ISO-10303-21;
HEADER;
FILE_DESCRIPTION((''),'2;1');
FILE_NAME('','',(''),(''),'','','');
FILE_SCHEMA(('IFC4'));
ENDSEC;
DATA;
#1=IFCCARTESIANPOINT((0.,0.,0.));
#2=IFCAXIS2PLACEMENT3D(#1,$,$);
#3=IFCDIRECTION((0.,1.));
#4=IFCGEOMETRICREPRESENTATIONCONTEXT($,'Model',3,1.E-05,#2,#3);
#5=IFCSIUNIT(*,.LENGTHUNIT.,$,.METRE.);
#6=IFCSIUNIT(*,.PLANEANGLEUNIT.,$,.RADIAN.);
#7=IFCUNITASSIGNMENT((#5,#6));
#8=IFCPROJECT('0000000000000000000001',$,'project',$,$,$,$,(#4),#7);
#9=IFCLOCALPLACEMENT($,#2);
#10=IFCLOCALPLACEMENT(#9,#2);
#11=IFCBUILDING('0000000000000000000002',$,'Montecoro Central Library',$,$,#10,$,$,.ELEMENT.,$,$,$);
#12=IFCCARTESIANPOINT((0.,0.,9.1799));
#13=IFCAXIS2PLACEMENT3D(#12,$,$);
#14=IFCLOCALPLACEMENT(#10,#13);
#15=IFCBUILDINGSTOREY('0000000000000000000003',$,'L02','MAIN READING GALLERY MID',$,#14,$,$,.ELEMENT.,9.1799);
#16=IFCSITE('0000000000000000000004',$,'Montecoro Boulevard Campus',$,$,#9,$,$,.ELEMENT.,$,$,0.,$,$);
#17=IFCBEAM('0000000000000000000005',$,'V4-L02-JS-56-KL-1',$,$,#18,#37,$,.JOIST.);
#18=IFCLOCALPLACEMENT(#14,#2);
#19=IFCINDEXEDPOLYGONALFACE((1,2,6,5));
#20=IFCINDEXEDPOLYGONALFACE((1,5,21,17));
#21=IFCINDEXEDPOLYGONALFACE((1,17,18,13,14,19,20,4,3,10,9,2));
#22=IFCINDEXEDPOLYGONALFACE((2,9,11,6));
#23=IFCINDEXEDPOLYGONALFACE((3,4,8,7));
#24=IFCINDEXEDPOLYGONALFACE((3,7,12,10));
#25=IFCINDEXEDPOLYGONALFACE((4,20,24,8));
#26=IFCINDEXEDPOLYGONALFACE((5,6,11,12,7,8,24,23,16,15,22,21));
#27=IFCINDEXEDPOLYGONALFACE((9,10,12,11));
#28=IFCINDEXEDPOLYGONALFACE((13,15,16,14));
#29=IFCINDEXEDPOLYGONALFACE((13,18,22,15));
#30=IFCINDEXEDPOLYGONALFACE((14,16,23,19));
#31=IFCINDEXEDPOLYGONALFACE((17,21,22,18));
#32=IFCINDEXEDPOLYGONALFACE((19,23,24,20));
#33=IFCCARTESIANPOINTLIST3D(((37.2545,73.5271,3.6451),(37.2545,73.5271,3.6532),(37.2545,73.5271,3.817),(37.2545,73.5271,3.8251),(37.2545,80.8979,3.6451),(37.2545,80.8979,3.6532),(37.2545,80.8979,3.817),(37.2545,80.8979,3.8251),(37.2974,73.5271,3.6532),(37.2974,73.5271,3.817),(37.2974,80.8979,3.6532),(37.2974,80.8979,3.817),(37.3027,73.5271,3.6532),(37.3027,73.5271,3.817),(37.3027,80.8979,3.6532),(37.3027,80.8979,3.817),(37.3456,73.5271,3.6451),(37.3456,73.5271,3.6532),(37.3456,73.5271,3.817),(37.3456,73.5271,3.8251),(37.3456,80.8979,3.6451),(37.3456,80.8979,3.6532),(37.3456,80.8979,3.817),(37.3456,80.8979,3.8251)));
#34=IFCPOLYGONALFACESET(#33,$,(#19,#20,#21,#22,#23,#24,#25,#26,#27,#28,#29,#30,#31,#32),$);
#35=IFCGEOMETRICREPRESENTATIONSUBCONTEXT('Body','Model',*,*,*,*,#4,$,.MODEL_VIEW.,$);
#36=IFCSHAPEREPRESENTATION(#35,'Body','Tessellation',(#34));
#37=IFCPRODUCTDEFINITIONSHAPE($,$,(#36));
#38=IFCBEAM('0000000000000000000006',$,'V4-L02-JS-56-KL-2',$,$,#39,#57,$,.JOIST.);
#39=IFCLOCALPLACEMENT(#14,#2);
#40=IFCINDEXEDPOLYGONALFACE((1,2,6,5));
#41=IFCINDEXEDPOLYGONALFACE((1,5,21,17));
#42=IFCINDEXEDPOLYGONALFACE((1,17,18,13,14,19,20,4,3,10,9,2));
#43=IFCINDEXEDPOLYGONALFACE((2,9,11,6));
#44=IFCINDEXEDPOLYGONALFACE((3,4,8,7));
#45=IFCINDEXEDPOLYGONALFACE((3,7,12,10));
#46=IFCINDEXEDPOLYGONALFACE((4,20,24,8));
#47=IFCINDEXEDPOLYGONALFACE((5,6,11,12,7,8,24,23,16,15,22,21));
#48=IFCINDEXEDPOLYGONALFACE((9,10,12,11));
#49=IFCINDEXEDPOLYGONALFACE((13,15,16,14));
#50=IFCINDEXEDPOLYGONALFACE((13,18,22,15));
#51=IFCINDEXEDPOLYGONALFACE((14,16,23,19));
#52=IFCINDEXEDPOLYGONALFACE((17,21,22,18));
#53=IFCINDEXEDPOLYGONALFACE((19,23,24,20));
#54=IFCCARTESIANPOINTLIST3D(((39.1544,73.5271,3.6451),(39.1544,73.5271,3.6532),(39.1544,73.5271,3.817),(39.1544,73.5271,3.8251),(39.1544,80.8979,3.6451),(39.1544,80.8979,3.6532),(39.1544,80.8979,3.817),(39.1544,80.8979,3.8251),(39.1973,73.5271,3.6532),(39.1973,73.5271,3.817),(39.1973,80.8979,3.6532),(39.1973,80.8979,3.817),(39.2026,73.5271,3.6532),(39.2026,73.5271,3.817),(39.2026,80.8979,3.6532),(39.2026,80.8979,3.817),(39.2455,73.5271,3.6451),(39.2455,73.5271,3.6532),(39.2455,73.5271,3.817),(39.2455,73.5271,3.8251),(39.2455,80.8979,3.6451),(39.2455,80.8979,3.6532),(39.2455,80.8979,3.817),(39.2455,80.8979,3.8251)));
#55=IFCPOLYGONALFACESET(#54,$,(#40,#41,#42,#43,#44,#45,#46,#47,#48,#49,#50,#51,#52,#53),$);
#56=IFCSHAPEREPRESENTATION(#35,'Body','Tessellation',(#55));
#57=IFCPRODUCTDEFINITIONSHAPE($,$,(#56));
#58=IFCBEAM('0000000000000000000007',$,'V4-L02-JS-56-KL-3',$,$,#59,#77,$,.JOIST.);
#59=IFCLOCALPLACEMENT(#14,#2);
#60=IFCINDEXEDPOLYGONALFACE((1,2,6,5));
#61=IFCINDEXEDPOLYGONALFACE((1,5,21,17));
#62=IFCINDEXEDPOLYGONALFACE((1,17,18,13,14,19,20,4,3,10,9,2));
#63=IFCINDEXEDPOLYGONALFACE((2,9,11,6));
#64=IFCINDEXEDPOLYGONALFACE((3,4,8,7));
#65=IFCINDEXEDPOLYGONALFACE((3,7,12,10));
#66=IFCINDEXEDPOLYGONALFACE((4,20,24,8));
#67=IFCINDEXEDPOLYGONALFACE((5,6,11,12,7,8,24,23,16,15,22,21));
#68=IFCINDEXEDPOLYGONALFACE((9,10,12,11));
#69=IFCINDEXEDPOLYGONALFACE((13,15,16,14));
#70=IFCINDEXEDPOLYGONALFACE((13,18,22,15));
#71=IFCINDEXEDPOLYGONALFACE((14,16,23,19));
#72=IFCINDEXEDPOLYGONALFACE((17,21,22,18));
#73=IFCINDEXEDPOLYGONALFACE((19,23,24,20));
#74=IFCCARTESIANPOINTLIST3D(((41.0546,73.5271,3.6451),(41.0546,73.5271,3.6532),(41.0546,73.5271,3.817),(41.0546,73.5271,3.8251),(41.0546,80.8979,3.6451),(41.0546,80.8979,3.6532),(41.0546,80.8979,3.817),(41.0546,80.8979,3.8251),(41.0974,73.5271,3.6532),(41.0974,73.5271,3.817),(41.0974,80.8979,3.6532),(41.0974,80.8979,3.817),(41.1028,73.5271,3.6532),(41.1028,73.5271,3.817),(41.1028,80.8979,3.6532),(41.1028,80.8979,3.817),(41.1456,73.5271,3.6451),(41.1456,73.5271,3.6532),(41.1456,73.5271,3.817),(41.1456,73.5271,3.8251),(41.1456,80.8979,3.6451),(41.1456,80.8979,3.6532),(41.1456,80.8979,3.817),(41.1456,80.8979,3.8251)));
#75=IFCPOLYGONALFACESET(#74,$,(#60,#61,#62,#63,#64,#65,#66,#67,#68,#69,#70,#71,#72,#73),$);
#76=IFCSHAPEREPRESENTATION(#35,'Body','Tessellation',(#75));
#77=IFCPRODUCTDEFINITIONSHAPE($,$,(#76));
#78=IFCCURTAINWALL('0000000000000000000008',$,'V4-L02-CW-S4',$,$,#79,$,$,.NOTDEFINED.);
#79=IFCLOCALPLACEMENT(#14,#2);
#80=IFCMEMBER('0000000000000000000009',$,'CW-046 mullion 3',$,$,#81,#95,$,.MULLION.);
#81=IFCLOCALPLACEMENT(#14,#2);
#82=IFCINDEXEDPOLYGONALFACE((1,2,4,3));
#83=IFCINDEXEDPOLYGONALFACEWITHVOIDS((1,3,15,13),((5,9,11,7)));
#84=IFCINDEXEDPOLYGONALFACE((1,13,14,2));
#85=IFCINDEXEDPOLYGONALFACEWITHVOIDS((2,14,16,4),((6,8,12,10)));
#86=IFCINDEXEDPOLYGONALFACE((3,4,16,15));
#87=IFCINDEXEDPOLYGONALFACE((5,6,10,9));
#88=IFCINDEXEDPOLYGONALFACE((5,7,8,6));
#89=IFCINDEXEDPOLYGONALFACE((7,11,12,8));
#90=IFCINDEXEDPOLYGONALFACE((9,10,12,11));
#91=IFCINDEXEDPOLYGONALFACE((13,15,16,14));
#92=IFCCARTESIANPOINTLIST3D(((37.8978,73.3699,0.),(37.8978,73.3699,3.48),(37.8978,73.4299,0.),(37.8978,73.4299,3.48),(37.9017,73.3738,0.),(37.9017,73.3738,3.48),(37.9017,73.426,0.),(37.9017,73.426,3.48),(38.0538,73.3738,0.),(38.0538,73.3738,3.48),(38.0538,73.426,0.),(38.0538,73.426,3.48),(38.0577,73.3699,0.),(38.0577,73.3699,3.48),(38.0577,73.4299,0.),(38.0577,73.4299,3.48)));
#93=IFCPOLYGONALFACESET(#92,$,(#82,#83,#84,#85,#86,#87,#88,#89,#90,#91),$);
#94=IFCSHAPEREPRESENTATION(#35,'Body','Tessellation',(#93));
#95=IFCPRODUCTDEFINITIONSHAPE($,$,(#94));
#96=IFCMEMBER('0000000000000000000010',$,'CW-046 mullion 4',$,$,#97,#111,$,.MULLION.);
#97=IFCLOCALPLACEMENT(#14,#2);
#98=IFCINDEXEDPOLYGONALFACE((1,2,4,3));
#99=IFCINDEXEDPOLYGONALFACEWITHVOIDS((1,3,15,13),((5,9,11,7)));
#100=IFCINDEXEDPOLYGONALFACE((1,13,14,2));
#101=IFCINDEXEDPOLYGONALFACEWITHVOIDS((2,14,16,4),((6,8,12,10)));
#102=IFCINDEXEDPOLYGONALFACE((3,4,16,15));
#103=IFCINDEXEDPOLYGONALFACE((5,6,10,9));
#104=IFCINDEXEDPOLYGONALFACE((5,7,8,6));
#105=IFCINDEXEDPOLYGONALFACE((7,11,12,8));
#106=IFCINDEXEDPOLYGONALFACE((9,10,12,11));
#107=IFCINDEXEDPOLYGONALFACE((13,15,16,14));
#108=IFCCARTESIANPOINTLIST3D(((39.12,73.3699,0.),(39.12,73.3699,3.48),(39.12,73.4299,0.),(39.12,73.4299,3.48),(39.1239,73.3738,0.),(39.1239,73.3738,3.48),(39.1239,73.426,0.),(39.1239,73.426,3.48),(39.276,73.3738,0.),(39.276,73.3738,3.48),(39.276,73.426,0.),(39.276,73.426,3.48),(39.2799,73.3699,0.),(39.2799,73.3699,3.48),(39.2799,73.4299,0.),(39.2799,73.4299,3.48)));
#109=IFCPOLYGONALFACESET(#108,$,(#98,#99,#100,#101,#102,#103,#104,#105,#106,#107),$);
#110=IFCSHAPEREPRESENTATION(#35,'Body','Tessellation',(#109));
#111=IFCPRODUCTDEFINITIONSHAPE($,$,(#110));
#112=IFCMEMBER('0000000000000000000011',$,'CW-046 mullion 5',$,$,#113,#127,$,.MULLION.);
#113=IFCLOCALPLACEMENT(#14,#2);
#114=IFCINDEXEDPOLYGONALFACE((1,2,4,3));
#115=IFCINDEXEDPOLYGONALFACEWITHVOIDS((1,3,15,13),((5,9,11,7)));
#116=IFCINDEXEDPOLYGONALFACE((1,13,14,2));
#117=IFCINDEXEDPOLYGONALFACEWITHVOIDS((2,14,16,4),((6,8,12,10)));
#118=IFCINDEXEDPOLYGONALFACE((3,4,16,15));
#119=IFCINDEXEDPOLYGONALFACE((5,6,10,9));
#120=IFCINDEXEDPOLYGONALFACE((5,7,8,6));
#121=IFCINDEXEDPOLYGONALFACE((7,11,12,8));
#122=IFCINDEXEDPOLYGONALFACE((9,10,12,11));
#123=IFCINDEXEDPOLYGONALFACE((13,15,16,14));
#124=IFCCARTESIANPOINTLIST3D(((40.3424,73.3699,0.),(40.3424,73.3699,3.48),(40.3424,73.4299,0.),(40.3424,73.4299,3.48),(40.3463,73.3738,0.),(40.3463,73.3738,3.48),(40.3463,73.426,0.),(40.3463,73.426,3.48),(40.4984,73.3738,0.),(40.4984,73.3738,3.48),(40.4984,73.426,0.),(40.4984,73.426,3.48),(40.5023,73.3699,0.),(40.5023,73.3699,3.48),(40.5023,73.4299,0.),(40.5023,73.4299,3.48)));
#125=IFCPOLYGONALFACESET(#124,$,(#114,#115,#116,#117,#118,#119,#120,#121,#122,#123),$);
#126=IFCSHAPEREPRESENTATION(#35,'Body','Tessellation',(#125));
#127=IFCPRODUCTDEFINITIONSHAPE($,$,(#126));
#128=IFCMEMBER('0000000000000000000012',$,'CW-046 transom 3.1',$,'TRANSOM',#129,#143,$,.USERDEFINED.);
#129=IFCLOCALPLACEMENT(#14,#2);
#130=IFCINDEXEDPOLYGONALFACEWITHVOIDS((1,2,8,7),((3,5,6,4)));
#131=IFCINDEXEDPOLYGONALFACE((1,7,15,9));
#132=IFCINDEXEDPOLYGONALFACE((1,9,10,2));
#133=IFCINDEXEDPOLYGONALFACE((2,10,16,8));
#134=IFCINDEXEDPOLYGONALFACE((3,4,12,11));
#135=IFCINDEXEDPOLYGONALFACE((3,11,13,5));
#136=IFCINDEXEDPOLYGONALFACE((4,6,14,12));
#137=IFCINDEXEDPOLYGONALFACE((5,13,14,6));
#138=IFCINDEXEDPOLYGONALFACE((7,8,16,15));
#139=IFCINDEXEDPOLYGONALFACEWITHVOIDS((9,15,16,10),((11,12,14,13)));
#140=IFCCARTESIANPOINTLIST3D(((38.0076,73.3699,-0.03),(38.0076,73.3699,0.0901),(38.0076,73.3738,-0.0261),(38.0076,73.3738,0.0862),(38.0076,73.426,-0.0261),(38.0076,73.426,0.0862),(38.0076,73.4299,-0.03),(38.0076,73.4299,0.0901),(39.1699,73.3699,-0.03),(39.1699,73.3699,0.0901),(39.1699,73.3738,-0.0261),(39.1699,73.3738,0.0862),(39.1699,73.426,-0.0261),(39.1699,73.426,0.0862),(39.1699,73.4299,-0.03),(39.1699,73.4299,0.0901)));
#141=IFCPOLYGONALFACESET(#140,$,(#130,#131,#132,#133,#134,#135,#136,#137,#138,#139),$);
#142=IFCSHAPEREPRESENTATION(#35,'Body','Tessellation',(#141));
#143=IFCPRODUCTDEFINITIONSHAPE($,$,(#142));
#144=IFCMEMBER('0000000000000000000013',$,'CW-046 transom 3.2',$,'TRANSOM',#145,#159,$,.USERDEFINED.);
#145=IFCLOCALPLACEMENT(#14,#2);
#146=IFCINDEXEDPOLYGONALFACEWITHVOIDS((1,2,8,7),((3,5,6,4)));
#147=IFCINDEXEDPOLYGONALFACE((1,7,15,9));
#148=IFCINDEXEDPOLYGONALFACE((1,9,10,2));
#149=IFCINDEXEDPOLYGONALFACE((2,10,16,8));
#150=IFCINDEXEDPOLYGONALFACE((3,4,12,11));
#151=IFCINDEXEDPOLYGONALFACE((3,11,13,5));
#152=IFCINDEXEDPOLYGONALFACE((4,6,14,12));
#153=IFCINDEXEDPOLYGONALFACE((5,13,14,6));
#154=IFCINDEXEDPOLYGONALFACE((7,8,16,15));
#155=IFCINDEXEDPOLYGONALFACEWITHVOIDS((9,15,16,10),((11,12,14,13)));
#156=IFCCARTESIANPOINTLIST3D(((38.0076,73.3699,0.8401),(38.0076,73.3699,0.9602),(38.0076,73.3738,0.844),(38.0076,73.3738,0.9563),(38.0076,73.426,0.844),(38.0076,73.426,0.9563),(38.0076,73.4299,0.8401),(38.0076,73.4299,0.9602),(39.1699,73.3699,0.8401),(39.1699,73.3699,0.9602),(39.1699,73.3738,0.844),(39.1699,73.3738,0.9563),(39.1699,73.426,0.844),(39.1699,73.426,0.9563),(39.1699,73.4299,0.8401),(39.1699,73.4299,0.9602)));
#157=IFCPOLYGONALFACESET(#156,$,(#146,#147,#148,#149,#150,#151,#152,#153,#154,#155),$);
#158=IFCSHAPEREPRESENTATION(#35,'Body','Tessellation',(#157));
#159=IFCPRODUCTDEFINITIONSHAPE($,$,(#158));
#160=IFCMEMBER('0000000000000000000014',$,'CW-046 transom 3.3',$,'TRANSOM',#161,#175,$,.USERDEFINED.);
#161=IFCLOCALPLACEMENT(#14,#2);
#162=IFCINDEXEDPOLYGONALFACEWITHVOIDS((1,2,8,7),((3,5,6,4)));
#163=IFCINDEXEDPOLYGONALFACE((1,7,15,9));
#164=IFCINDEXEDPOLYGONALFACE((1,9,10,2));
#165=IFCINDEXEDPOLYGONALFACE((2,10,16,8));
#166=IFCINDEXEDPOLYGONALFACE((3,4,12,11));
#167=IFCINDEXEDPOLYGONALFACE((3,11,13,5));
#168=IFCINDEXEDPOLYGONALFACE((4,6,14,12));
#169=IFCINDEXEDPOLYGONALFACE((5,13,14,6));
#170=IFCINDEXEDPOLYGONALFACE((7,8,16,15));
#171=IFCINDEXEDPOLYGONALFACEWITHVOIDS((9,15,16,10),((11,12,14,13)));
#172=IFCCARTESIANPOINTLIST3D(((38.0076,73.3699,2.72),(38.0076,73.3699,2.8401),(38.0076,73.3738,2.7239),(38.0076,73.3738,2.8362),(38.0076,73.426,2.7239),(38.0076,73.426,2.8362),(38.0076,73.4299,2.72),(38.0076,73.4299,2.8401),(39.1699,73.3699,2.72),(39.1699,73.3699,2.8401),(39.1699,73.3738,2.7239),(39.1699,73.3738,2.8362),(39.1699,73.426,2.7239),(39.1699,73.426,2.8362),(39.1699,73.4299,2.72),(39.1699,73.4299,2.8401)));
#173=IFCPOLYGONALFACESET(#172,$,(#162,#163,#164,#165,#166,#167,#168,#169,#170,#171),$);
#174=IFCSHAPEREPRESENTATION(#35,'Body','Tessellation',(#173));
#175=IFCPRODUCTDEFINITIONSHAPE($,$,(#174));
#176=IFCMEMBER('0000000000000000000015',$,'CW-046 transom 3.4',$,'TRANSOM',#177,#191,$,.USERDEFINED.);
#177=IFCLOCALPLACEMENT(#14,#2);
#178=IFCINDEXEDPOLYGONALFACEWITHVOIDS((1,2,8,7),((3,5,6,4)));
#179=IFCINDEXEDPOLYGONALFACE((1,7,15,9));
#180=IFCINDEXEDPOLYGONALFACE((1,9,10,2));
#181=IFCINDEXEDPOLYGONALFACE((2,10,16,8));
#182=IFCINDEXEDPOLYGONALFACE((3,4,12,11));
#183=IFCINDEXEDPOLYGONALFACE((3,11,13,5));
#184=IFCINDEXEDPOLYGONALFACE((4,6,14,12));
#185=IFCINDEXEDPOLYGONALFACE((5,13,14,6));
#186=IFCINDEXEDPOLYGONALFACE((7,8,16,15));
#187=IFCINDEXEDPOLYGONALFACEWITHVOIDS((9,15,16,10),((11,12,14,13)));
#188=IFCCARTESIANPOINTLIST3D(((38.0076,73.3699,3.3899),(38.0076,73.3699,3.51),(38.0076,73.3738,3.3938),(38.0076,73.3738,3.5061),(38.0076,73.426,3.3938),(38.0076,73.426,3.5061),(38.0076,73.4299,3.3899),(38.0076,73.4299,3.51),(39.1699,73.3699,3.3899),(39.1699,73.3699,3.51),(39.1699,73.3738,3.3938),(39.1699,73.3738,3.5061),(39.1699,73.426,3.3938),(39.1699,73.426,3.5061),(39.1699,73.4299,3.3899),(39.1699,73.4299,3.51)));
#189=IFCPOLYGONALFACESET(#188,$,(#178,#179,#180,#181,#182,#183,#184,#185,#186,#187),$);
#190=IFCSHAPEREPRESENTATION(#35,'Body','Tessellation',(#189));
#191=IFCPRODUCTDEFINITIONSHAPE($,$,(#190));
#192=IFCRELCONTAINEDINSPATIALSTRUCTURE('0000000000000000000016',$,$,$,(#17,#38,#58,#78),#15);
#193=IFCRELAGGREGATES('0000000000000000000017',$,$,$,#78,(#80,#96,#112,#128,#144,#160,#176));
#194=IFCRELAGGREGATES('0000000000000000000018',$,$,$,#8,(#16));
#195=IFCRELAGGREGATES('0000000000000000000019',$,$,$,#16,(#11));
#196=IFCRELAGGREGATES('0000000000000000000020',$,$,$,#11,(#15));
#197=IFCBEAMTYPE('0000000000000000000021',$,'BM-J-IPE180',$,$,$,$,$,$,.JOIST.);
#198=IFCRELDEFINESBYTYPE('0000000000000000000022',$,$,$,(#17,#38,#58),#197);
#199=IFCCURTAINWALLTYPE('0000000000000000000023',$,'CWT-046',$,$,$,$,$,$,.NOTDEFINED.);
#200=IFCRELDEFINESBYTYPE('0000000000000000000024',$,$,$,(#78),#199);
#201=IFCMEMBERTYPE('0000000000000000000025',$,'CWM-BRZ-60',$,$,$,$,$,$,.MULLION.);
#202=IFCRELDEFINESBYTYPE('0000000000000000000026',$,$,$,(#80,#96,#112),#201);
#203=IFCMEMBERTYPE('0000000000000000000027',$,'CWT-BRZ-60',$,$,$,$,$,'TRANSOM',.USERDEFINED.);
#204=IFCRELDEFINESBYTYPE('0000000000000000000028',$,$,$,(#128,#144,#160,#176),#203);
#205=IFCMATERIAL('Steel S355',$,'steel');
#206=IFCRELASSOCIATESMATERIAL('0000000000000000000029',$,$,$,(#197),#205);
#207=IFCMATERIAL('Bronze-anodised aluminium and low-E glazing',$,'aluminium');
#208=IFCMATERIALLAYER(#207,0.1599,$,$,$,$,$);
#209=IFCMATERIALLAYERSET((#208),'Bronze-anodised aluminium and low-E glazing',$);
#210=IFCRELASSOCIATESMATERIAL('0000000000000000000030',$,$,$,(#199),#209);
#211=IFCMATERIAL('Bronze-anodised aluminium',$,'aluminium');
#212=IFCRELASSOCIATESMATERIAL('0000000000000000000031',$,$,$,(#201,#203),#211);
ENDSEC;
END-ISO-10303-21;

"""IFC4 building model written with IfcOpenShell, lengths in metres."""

from ifc_helpers import new_model, si_unit, direction, frame, origin, origin_2d, place, context, subcontext, project, spatial, hollow_rectangle, i_section, extrude, material, layer, layer_set, material_profile, profile_set, type_object, element, aggregate, save


model = new_model("IFC4")

# Units and contexts
model_context = context("Model", 3, precision=1e-05, world=origin(), true_north=direction((0.0, 1.0)))
body_context = subcontext(model_context, "Body", "Model", "MODEL_VIEW")
ifc_project = project(units=[si_unit("LENGTHUNIT", "METRE"), si_unit("PLANEANGLEUNIT", "RADIAN")], contexts=[model_context])

# Site, building, storey
site_placement = place(None, origin())
site = spatial("IfcSite", under=ifc_project, at=site_placement, Name="Montecoro Boulevard Campus", CompositionType="ELEMENT", RefElevation=0.0)
building_placement = place(site_placement, origin())
building = spatial("IfcBuilding", under=site, at=building_placement, Name="Montecoro Central Library", CompositionType="ELEMENT")
storey_placement = place(building_placement, frame((0.0, 0.0, 9.1799)))
storey = spatial("IfcBuildingStorey", under=building, at=storey_placement, Name="L02", Description="MAIN READING GALLERY MID", CompositionType="ELEMENT", Elevation=9.1799)

# Beams
ifc_material_1 = material(Name="Steel S355", Category="steel")
ifc_material_profile_1 = material_profile(ifc_material_1, i_section(OverallWidth=0.0911, OverallDepth=0.1799, WebThickness=0.0054, FlangeThickness=0.0081, at=origin_2d()), Name="IPE 180")
ifc_profile_set_1 = profile_set([ifc_material_profile_1], Name="Steel S355")
beam_type = type_object("IfcBeamType", Name="BM-J-IPE180", PredefinedType="JOIST", material=ifc_profile_set_1)
for number, where, z_axis, x_axis, name in (
    (1, (37.3, 73.5271, 3.7351), (0.0, 1.0, 0.0), (-1.0, 0.0, 0.0), "V4-L02-JS-56-KL-1"),
    (2, (39.2, 73.5271, 3.7351), (0.0, 1.0, 0.0), (-1.0, 0.0, 0.0), "V4-L02-JS-56-KL-2"),
    (3, (41.1001, 73.5271, 3.7351), (0.0, 1.0, 0.0), (-1.0, 0.0, 0.0), "V4-L02-JS-56-KL-3"),
):
    element("IfcBeam", number, at=place(storey_placement, frame(where, z_axis=z_axis, x_axis=x_axis)), inside=storey, type_object=beam_type, Name=name, PredefinedType="JOIST", context=body_context, shape_type="SweptSolid", body=[
        extrude(i_section(OverallWidth=0.0911, OverallDepth=0.1799, WebThickness=0.0054, FlangeThickness=0.0081, at=origin_2d()), origin(), (0.0, 0.0, 1.0), 7.3708),
    ])

# Curtain wall, members
ifc_material_2 = material(Name="Bronze-anodised aluminium and low-E glazing", Category="aluminium")
ifc_layer_1 = layer(ifc_material_2, 0.1599)
ifc_layer_set_1 = layer_set([ifc_layer_1], Name="Bronze-anodised aluminium and low-E glazing")
curtain_wall_type = type_object("IfcCurtainWallType", Name="CWT-046", PredefinedType="NOTDEFINED", material=ifc_layer_set_1)
curtain_wall_placement = place(storey_placement, origin())
curtain_wall = element("IfcCurtainWall", 4, at=curtain_wall_placement, inside=storey, type_object=curtain_wall_type, Name="V4-L02-CW-S4", PredefinedType="NOTDEFINED")
ifc_material_3 = material(Name="Bronze-anodised aluminium", Category="aluminium")
ifc_material_profile_2 = material_profile(ifc_material_3, hollow_rectangle(XDim=0.0601, YDim=0.1599, WallThickness=0.0039, at=origin_2d()), Name="CWM 160x60x4.0")
ifc_profile_set_2 = profile_set([ifc_material_profile_2], Name="Bronze-anodised aluminium")
member_type_1 = type_object("IfcMemberType", Name="CWM-BRZ-60", PredefinedType="MULLION", material=ifc_profile_set_2)
member_1_placement = place(storey_placement, frame((37.9778, 73.3999, 0.0), z_axis=(0.0, 0.0, 1.0), x_axis=(0.0, 1.0, 0.0)))
member_1 = element("IfcMember", 5, at=member_1_placement, type_object=member_type_1, Name="CW-046 mullion 3", PredefinedType="MULLION", context=body_context, shape_type="SweptSolid", body=[
    extrude(hollow_rectangle(XDim=0.0601, YDim=0.1599, WallThickness=0.0039, at=origin_2d()), origin(), (0.0, 0.0, 1.0), 3.48),
])
member_2_placement = place(storey_placement, frame((39.2, 73.3999, 0.0), z_axis=(0.0, 0.0, 1.0), x_axis=(0.0, 1.0, 0.0)))
member_2 = element("IfcMember", 6, at=member_2_placement, type_object=member_type_1, Name="CW-046 mullion 4", PredefinedType="MULLION", context=body_context, shape_type="SweptSolid", body=[
    extrude(hollow_rectangle(XDim=0.0601, YDim=0.1599, WallThickness=0.0039, at=origin_2d()), origin(), (0.0, 0.0, 1.0), 3.48),
])
member_3_placement = place(storey_placement, frame((40.4224, 73.3999, 0.0), z_axis=(0.0, 0.0, 1.0), x_axis=(0.0, 1.0, 0.0)))
member_3 = element("IfcMember", 7, at=member_3_placement, type_object=member_type_1, Name="CW-046 mullion 5", PredefinedType="MULLION", context=body_context, shape_type="SweptSolid", body=[
    extrude(hollow_rectangle(XDim=0.0601, YDim=0.1599, WallThickness=0.0039, at=origin_2d()), origin(), (0.0, 0.0, 1.0), 3.48),
])
ifc_material_profile_3 = material_profile(ifc_material_3, hollow_rectangle(XDim=0.0601, YDim=0.1201, WallThickness=0.0039, at=origin_2d()), Name="CWT 120x60x4.0")
ifc_profile_set_3 = profile_set([ifc_material_profile_3], Name="Bronze-anodised aluminium")
member_type_2 = type_object("IfcMemberType", Name="CWT-BRZ-60", ElementType="TRANSOM", PredefinedType="USERDEFINED", material=ifc_profile_set_3)
member_4_placement = place(storey_placement, frame((38.0076, 73.3999, 0.03), z_axis=(1.0, 0.0, 0.0), x_axis=(0.0, 1.0, 0.0)))
member_4 = element("IfcMember", 8, at=member_4_placement, type_object=member_type_2, Name="CW-046 transom 3.1", ObjectType="TRANSOM", PredefinedType="USERDEFINED", context=body_context, shape_type="SweptSolid", body=[
    extrude(hollow_rectangle(XDim=0.0601, YDim=0.1201, WallThickness=0.0039, at=origin_2d()), origin(), (0.0, 0.0, 1.0), 1.1624),
])
member_5_placement = place(storey_placement, frame((38.0076, 73.3999, 0.9001), z_axis=(1.0, 0.0, 0.0), x_axis=(0.0, 1.0, 0.0)))
member_5 = element("IfcMember", 9, at=member_5_placement, type_object=member_type_2, Name="CW-046 transom 3.2", ObjectType="TRANSOM", PredefinedType="USERDEFINED", context=body_context, shape_type="SweptSolid", body=[
    extrude(hollow_rectangle(XDim=0.0601, YDim=0.1201, WallThickness=0.0039, at=origin_2d()), origin(), (0.0, 0.0, 1.0), 1.1624),
])
member_6_placement = place(storey_placement, frame((38.0076, 73.3999, 2.78), z_axis=(1.0, 0.0, 0.0), x_axis=(0.0, 1.0, 0.0)))
member_6 = element("IfcMember", 10, at=member_6_placement, type_object=member_type_2, Name="CW-046 transom 3.3", ObjectType="TRANSOM", PredefinedType="USERDEFINED", context=body_context, shape_type="SweptSolid", body=[
    extrude(hollow_rectangle(XDim=0.0601, YDim=0.1201, WallThickness=0.0039, at=origin_2d()), origin(), (0.0, 0.0, 1.0), 1.1624),
])
member_7_placement = place(storey_placement, frame((38.0076, 73.3999, 3.45), z_axis=(1.0, 0.0, 0.0), x_axis=(0.0, 1.0, 0.0)))
member_7 = element("IfcMember", 11, at=member_7_placement, type_object=member_type_2, Name="CW-046 transom 3.4", ObjectType="TRANSOM", PredefinedType="USERDEFINED", context=body_context, shape_type="SweptSolid", body=[
    extrude(hollow_rectangle(XDim=0.0601, YDim=0.1201, WallThickness=0.0039, at=origin_2d()), origin(), (0.0, 0.0, 1.0), 1.1624),
])
aggregate(curtain_wall, [member_1, member_2, member_3, member_4, member_5, member_6, member_7])

save(model, "model.ifc")
